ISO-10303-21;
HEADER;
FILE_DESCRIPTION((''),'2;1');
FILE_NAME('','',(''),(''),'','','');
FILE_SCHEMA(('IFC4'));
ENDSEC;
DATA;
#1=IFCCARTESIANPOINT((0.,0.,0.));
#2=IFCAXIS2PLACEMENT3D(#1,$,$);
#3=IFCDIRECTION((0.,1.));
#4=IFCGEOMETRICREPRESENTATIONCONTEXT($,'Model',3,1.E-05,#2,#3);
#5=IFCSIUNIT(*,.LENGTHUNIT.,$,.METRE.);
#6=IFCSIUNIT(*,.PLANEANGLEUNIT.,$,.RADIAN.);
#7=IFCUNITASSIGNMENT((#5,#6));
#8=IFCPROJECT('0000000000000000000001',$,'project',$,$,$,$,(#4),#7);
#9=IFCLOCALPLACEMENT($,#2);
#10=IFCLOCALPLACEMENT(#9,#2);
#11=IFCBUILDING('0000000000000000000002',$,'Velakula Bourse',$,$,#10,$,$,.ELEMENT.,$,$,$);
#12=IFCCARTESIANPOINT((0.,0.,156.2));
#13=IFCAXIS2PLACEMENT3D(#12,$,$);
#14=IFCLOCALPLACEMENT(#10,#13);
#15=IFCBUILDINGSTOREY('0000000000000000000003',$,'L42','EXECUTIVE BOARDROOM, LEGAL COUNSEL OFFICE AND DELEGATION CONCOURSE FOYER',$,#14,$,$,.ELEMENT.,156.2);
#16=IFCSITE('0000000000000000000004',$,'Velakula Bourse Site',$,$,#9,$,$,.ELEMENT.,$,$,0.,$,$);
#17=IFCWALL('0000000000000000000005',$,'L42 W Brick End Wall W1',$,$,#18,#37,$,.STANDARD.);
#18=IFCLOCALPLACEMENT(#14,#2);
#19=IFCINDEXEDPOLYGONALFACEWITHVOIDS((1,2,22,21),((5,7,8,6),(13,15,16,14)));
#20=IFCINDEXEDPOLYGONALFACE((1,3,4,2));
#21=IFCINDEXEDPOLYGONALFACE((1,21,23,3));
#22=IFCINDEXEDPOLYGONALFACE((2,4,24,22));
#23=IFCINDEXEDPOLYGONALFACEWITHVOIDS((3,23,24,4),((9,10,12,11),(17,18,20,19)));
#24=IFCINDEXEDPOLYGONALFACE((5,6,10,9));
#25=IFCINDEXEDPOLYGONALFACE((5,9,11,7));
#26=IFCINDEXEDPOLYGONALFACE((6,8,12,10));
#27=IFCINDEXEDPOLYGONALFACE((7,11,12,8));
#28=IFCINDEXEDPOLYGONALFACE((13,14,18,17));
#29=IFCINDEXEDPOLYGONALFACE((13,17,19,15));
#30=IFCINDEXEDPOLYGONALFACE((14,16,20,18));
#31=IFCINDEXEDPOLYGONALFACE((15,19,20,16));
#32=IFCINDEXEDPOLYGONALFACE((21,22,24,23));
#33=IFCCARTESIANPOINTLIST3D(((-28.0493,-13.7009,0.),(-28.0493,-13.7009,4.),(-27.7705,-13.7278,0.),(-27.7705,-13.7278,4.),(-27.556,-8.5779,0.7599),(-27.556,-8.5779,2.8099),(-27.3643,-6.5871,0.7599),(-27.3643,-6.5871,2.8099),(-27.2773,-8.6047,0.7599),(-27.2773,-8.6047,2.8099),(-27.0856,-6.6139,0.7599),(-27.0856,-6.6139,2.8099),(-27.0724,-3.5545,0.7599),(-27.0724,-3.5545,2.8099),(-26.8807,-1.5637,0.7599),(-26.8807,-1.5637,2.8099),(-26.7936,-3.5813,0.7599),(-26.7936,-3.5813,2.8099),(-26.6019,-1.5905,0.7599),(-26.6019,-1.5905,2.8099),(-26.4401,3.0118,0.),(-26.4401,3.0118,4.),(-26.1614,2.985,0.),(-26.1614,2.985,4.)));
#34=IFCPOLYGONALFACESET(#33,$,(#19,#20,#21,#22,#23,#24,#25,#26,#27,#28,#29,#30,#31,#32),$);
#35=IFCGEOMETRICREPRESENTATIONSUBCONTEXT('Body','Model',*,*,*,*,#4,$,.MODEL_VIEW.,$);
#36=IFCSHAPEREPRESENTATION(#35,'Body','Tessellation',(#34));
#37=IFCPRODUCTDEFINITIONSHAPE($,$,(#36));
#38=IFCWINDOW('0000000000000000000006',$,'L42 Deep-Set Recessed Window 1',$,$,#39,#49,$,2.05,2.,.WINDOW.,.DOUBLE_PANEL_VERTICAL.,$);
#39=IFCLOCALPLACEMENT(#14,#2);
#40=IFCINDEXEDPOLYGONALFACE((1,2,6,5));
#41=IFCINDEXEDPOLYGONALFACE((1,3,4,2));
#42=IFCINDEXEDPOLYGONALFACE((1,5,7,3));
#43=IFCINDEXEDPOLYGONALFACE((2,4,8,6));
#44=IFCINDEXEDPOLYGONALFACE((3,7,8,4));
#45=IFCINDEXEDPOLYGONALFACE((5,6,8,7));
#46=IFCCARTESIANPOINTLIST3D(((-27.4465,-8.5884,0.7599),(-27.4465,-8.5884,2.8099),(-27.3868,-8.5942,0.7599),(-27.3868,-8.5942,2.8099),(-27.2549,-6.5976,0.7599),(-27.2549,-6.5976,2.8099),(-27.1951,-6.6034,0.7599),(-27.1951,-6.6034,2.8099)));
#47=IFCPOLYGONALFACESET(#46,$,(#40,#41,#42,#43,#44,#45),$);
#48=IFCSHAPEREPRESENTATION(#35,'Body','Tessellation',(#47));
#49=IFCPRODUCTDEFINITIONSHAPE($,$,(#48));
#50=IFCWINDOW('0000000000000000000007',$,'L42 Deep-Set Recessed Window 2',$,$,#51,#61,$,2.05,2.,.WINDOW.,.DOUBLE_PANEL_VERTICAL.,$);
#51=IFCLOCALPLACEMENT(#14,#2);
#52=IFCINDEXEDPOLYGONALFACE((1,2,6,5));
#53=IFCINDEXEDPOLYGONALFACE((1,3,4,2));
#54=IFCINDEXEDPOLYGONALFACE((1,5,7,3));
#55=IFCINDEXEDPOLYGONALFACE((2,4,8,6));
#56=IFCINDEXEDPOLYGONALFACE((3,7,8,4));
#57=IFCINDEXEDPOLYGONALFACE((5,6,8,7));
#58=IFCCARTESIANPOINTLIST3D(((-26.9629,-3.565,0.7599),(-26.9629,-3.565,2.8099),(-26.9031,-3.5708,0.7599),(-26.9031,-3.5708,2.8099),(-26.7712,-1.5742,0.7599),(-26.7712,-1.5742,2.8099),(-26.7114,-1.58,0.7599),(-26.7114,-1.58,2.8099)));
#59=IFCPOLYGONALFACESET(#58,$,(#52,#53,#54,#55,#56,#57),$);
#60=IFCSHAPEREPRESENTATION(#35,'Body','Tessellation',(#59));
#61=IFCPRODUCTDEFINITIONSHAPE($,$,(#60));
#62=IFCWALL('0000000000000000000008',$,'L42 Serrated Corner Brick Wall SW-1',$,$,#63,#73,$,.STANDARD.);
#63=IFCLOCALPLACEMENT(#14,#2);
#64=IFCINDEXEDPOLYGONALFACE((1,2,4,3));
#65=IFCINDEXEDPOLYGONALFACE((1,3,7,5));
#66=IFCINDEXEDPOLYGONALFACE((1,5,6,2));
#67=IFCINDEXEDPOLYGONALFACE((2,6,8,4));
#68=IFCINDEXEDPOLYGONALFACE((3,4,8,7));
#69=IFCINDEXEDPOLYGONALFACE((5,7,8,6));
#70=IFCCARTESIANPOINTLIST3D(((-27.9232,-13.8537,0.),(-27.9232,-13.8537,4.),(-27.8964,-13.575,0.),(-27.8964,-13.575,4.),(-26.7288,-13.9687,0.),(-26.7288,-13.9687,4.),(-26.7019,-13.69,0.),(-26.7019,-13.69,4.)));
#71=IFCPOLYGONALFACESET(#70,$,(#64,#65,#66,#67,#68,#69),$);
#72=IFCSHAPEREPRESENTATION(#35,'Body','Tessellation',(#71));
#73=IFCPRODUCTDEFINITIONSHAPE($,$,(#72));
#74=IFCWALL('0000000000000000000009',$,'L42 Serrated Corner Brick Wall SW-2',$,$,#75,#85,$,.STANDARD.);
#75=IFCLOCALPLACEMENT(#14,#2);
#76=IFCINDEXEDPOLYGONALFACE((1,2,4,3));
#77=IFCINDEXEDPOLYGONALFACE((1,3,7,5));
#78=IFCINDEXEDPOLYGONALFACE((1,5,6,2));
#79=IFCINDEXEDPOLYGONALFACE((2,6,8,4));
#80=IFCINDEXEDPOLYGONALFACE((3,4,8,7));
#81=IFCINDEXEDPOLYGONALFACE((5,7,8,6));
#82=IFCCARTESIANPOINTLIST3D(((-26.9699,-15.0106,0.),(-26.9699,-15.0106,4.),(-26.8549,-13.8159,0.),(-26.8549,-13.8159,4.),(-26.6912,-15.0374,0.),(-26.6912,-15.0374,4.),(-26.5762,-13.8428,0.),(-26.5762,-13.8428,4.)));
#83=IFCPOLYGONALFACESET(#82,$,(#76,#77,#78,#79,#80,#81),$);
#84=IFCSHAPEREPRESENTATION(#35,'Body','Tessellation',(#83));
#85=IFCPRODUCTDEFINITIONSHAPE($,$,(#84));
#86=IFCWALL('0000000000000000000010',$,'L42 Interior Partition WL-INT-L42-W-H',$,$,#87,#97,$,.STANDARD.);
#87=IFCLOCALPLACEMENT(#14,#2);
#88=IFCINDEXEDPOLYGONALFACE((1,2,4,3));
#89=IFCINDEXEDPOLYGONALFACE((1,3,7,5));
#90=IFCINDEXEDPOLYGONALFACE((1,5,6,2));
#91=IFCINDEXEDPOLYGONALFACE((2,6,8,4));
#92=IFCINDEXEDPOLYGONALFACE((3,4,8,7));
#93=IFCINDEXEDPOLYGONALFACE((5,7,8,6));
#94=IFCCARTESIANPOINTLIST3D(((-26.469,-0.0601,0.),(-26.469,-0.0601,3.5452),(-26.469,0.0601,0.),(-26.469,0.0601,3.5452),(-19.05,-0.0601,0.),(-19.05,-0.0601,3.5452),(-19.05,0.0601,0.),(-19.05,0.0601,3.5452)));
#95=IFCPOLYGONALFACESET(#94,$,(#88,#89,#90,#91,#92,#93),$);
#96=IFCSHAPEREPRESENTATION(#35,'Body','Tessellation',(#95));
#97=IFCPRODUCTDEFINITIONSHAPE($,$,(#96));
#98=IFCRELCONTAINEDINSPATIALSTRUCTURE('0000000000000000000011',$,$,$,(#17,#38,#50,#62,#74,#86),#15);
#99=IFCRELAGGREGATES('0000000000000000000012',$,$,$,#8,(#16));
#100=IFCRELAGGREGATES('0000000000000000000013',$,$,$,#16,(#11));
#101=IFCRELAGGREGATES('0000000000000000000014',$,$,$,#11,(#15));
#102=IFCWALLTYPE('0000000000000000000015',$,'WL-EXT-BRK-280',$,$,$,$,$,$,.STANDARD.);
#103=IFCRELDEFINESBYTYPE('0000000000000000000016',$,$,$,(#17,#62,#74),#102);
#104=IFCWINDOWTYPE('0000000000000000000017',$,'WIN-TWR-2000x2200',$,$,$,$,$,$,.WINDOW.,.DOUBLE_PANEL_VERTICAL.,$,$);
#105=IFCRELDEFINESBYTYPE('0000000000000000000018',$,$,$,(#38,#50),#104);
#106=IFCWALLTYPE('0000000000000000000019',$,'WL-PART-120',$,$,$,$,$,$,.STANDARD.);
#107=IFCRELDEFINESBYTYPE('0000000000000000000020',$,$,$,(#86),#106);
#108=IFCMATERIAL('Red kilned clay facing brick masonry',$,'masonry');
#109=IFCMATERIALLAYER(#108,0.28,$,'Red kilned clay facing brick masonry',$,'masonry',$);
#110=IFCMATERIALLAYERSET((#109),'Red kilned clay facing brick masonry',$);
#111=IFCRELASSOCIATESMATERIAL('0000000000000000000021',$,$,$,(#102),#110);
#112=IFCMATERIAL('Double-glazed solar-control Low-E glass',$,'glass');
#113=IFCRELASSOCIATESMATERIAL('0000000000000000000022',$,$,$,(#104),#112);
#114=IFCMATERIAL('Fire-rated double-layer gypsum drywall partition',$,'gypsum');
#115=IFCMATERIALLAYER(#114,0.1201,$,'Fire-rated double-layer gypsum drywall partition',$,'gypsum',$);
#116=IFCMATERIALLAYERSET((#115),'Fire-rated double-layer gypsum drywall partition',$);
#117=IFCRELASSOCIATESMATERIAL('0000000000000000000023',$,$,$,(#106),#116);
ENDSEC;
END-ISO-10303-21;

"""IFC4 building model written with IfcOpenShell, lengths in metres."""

from ifc_helpers import new_model, si_unit, direction, frame, frame_2d, origin, place, context, subcontext, project, spatial, rectangle, extrude, material, layer, layer_set, type_object, element, fill, save


model = new_model("IFC4")

# Units and contexts
model_context = context("Model", 3, precision=1e-05, world=origin(), true_north=direction((0.0, 1.0)))
body_context = subcontext(model_context, "Body", "Model", "MODEL_VIEW")
ifc_project = project(units=[si_unit("LENGTHUNIT", "METRE"), si_unit("PLANEANGLEUNIT", "RADIAN")], contexts=[model_context])

# Site, building, storey
site_placement = place(None, origin())
site = spatial("IfcSite", under=ifc_project, at=site_placement, Name="Velakula Bourse Site", CompositionType="ELEMENT", RefElevation=0.0)
building_placement = place(site_placement, origin())
building = spatial("IfcBuilding", under=site, at=building_placement, Name="Velakula Bourse", CompositionType="ELEMENT")
storey_placement = place(building_placement, frame((0.0, 0.0, 156.2)))
storey = spatial("IfcBuildingStorey", under=building, at=storey_placement, Name="L42", Description="EXECUTIVE BOARDROOM, LEGAL COUNSEL OFFICE AND DELEGATION CONCOURSE FOYER", CompositionType="ELEMENT", Elevation=156.2)

# Wall, openings, windows
ifc_material_1 = material(Name="Red kilned clay facing brick masonry", Category="masonry")
ifc_layer_1 = layer(ifc_material_1, 0.28, Name="Red kilned clay facing brick masonry", Category="masonry")
ifc_layer_set_1 = layer_set([ifc_layer_1], Name="Red kilned clay facing brick masonry")
wall_type_1 = type_object("IfcWallType", Name="WL-EXT-BRK-280", PredefinedType="STANDARD", material=ifc_layer_set_1)
wall_1_placement = place(storey_placement, frame((-27.9099, -13.7144, 0.0), z_axis=(0.0, 0.0, 1.0), x_axis=(0.095839, 0.995397, 0.0)))
wall_1 = element("IfcWall", 1, at=wall_1_placement, inside=storey, type_object=wall_type_1, Name="L42 W Brick End Wall W1", PredefinedType="STANDARD", context=body_context, shape_type="SweptSolid", body=[
    extrude(rectangle(XDim=16.79, YDim=0.28, at=frame_2d((8.395, 0.0))), origin(), (0.0, 0.0, 1.0), 4.0),
])
opening_1_placement = place(wall_1_placement, frame((5.1467, 0.0, 0.76)))
opening_1 = element("IfcOpeningElement", 2, at=opening_1_placement, cuts=wall_1, PredefinedType="OPENING", context=body_context, shape_type="SweptSolid", body=[
    extrude(rectangle(XDim=2.0, YDim=2.05, at=frame_2d((1.0, 1.0249))), frame((0.0, 0.1499, 0.0), z_axis=(0.0, -1.0, 0.0), x_axis=(1.0, 0.0, 0.0)), (0.0, 0.0, 1.0), 0.3),
])
opening_2_placement = place(wall_1_placement, frame((10.1934, 0.0, 0.76)))
opening_2 = element("IfcOpeningElement", 3, at=opening_2_placement, cuts=wall_1, PredefinedType="OPENING", context=body_context, shape_type="SweptSolid", body=[
    extrude(rectangle(XDim=2.0, YDim=2.05, at=frame_2d((1.0, 1.0249))), frame((0.0, 0.1499, 0.0), z_axis=(0.0, -1.0, 0.0), x_axis=(1.0, 0.0, 0.0)), (0.0, 0.0, 1.0), 0.3),
])
ifc_material_2 = material(Name="Double-glazed solar-control Low-E glass", Category="glass")
window_type = type_object("IfcWindowType", Name="WIN-TWR-2000x2200", PartitioningType="DOUBLE_PANEL_VERTICAL", PredefinedType="WINDOW", material=ifc_material_2)
window_1_placement = place(opening_1_placement, origin())
window_1 = element("IfcWindow", 4, at=window_1_placement, inside=storey, type_object=window_type, Name="L42 Deep-Set Recessed Window 1", OverallHeight=2.05, OverallWidth=2.0, PartitioningType="DOUBLE_PANEL_VERTICAL", PredefinedType="WINDOW", context=body_context, shape_type="SweptSolid", body=[
    extrude(rectangle(XDim=2.0, YDim=2.05, at=frame_2d((1.0, 1.0249))), frame((0.0, 0.03, 0.0), z_axis=(0.0, -1.0, 0.0), x_axis=(1.0, 0.0, 0.0)), (0.0, 0.0, 1.0), 0.0601),
])
fill(opening_1, window_1)
window_2_placement = place(opening_2_placement, origin())
window_2 = element("IfcWindow", 5, at=window_2_placement, inside=storey, type_object=window_type, Name="L42 Deep-Set Recessed Window 2", OverallHeight=2.05, OverallWidth=2.0, PartitioningType="DOUBLE_PANEL_VERTICAL", PredefinedType="WINDOW", context=body_context, shape_type="SweptSolid", body=[
    extrude(rectangle(XDim=2.0, YDim=2.05, at=frame_2d((1.0, 1.0249))), frame((0.0, 0.03, 0.0), z_axis=(0.0, -1.0, 0.0), x_axis=(1.0, 0.0, 0.0)), (0.0, 0.0, 1.0), 0.0601),
])
fill(opening_2, window_2)

# Walls
wall_2_placement = place(storey_placement, frame((-27.9099, -13.7144, 0.0), z_axis=(0.0, 0.0, 1.0), x_axis=(0.995397, -0.095836, 0.0)))
element("IfcWall", 6, at=wall_2_placement, inside=storey, type_object=wall_type_1, Name="L42 Serrated Corner Brick Wall SW-1", PredefinedType="STANDARD", context=body_context, shape_type="SweptSolid", body=[
    extrude(rectangle(XDim=1.2, YDim=0.28, at=frame_2d((0.6001, 0.0))), origin(), (0.0, 0.0, 1.0), 4.0),
])
wall_3_placement = place(storey_placement, frame((-26.7156, -13.8293, 0.0), z_axis=(0.0, 0.0, 1.0), x_axis=(-0.095817, -0.995399, 0.0)))
element("IfcWall", 7, at=wall_3_placement, inside=storey, type_object=wall_type_1, Name="L42 Serrated Corner Brick Wall SW-2", PredefinedType="STANDARD", context=body_context, shape_type="SweptSolid", body=[
    extrude(rectangle(XDim=1.2002, YDim=0.28, at=frame_2d((0.6001, 0.0))), origin(), (0.0, 0.0, 1.0), 4.0),
])
ifc_material_3 = material(Name="Fire-rated double-layer gypsum drywall partition", Category="gypsum")
ifc_layer_2 = layer(ifc_material_3, 0.1201, Name="Fire-rated double-layer gypsum drywall partition", Category="gypsum")
ifc_layer_set_2 = layer_set([ifc_layer_2], Name="Fire-rated double-layer gypsum drywall partition")
wall_type_2 = type_object("IfcWallType", Name="WL-PART-120", PredefinedType="STANDARD", material=ifc_layer_set_2)
wall_4_placement = place(storey_placement, frame((-26.469, 0.0, 0.0), z_axis=(0.0, 0.0, 1.0), x_axis=(1.0, 0.0, 0.0)))
element("IfcWall", 8, at=wall_4_placement, inside=storey, type_object=wall_type_2, Name="L42 Interior Partition WL-INT-L42-W-H", PredefinedType="STANDARD", context=body_context, shape_type="SweptSolid", body=[
    extrude(rectangle(XDim=7.4189, YDim=0.1201, at=frame_2d((3.7095, 0.0))), origin(), (0.0, 0.0, 1.0), 3.5452),
])

save(model, "model.ifc")
